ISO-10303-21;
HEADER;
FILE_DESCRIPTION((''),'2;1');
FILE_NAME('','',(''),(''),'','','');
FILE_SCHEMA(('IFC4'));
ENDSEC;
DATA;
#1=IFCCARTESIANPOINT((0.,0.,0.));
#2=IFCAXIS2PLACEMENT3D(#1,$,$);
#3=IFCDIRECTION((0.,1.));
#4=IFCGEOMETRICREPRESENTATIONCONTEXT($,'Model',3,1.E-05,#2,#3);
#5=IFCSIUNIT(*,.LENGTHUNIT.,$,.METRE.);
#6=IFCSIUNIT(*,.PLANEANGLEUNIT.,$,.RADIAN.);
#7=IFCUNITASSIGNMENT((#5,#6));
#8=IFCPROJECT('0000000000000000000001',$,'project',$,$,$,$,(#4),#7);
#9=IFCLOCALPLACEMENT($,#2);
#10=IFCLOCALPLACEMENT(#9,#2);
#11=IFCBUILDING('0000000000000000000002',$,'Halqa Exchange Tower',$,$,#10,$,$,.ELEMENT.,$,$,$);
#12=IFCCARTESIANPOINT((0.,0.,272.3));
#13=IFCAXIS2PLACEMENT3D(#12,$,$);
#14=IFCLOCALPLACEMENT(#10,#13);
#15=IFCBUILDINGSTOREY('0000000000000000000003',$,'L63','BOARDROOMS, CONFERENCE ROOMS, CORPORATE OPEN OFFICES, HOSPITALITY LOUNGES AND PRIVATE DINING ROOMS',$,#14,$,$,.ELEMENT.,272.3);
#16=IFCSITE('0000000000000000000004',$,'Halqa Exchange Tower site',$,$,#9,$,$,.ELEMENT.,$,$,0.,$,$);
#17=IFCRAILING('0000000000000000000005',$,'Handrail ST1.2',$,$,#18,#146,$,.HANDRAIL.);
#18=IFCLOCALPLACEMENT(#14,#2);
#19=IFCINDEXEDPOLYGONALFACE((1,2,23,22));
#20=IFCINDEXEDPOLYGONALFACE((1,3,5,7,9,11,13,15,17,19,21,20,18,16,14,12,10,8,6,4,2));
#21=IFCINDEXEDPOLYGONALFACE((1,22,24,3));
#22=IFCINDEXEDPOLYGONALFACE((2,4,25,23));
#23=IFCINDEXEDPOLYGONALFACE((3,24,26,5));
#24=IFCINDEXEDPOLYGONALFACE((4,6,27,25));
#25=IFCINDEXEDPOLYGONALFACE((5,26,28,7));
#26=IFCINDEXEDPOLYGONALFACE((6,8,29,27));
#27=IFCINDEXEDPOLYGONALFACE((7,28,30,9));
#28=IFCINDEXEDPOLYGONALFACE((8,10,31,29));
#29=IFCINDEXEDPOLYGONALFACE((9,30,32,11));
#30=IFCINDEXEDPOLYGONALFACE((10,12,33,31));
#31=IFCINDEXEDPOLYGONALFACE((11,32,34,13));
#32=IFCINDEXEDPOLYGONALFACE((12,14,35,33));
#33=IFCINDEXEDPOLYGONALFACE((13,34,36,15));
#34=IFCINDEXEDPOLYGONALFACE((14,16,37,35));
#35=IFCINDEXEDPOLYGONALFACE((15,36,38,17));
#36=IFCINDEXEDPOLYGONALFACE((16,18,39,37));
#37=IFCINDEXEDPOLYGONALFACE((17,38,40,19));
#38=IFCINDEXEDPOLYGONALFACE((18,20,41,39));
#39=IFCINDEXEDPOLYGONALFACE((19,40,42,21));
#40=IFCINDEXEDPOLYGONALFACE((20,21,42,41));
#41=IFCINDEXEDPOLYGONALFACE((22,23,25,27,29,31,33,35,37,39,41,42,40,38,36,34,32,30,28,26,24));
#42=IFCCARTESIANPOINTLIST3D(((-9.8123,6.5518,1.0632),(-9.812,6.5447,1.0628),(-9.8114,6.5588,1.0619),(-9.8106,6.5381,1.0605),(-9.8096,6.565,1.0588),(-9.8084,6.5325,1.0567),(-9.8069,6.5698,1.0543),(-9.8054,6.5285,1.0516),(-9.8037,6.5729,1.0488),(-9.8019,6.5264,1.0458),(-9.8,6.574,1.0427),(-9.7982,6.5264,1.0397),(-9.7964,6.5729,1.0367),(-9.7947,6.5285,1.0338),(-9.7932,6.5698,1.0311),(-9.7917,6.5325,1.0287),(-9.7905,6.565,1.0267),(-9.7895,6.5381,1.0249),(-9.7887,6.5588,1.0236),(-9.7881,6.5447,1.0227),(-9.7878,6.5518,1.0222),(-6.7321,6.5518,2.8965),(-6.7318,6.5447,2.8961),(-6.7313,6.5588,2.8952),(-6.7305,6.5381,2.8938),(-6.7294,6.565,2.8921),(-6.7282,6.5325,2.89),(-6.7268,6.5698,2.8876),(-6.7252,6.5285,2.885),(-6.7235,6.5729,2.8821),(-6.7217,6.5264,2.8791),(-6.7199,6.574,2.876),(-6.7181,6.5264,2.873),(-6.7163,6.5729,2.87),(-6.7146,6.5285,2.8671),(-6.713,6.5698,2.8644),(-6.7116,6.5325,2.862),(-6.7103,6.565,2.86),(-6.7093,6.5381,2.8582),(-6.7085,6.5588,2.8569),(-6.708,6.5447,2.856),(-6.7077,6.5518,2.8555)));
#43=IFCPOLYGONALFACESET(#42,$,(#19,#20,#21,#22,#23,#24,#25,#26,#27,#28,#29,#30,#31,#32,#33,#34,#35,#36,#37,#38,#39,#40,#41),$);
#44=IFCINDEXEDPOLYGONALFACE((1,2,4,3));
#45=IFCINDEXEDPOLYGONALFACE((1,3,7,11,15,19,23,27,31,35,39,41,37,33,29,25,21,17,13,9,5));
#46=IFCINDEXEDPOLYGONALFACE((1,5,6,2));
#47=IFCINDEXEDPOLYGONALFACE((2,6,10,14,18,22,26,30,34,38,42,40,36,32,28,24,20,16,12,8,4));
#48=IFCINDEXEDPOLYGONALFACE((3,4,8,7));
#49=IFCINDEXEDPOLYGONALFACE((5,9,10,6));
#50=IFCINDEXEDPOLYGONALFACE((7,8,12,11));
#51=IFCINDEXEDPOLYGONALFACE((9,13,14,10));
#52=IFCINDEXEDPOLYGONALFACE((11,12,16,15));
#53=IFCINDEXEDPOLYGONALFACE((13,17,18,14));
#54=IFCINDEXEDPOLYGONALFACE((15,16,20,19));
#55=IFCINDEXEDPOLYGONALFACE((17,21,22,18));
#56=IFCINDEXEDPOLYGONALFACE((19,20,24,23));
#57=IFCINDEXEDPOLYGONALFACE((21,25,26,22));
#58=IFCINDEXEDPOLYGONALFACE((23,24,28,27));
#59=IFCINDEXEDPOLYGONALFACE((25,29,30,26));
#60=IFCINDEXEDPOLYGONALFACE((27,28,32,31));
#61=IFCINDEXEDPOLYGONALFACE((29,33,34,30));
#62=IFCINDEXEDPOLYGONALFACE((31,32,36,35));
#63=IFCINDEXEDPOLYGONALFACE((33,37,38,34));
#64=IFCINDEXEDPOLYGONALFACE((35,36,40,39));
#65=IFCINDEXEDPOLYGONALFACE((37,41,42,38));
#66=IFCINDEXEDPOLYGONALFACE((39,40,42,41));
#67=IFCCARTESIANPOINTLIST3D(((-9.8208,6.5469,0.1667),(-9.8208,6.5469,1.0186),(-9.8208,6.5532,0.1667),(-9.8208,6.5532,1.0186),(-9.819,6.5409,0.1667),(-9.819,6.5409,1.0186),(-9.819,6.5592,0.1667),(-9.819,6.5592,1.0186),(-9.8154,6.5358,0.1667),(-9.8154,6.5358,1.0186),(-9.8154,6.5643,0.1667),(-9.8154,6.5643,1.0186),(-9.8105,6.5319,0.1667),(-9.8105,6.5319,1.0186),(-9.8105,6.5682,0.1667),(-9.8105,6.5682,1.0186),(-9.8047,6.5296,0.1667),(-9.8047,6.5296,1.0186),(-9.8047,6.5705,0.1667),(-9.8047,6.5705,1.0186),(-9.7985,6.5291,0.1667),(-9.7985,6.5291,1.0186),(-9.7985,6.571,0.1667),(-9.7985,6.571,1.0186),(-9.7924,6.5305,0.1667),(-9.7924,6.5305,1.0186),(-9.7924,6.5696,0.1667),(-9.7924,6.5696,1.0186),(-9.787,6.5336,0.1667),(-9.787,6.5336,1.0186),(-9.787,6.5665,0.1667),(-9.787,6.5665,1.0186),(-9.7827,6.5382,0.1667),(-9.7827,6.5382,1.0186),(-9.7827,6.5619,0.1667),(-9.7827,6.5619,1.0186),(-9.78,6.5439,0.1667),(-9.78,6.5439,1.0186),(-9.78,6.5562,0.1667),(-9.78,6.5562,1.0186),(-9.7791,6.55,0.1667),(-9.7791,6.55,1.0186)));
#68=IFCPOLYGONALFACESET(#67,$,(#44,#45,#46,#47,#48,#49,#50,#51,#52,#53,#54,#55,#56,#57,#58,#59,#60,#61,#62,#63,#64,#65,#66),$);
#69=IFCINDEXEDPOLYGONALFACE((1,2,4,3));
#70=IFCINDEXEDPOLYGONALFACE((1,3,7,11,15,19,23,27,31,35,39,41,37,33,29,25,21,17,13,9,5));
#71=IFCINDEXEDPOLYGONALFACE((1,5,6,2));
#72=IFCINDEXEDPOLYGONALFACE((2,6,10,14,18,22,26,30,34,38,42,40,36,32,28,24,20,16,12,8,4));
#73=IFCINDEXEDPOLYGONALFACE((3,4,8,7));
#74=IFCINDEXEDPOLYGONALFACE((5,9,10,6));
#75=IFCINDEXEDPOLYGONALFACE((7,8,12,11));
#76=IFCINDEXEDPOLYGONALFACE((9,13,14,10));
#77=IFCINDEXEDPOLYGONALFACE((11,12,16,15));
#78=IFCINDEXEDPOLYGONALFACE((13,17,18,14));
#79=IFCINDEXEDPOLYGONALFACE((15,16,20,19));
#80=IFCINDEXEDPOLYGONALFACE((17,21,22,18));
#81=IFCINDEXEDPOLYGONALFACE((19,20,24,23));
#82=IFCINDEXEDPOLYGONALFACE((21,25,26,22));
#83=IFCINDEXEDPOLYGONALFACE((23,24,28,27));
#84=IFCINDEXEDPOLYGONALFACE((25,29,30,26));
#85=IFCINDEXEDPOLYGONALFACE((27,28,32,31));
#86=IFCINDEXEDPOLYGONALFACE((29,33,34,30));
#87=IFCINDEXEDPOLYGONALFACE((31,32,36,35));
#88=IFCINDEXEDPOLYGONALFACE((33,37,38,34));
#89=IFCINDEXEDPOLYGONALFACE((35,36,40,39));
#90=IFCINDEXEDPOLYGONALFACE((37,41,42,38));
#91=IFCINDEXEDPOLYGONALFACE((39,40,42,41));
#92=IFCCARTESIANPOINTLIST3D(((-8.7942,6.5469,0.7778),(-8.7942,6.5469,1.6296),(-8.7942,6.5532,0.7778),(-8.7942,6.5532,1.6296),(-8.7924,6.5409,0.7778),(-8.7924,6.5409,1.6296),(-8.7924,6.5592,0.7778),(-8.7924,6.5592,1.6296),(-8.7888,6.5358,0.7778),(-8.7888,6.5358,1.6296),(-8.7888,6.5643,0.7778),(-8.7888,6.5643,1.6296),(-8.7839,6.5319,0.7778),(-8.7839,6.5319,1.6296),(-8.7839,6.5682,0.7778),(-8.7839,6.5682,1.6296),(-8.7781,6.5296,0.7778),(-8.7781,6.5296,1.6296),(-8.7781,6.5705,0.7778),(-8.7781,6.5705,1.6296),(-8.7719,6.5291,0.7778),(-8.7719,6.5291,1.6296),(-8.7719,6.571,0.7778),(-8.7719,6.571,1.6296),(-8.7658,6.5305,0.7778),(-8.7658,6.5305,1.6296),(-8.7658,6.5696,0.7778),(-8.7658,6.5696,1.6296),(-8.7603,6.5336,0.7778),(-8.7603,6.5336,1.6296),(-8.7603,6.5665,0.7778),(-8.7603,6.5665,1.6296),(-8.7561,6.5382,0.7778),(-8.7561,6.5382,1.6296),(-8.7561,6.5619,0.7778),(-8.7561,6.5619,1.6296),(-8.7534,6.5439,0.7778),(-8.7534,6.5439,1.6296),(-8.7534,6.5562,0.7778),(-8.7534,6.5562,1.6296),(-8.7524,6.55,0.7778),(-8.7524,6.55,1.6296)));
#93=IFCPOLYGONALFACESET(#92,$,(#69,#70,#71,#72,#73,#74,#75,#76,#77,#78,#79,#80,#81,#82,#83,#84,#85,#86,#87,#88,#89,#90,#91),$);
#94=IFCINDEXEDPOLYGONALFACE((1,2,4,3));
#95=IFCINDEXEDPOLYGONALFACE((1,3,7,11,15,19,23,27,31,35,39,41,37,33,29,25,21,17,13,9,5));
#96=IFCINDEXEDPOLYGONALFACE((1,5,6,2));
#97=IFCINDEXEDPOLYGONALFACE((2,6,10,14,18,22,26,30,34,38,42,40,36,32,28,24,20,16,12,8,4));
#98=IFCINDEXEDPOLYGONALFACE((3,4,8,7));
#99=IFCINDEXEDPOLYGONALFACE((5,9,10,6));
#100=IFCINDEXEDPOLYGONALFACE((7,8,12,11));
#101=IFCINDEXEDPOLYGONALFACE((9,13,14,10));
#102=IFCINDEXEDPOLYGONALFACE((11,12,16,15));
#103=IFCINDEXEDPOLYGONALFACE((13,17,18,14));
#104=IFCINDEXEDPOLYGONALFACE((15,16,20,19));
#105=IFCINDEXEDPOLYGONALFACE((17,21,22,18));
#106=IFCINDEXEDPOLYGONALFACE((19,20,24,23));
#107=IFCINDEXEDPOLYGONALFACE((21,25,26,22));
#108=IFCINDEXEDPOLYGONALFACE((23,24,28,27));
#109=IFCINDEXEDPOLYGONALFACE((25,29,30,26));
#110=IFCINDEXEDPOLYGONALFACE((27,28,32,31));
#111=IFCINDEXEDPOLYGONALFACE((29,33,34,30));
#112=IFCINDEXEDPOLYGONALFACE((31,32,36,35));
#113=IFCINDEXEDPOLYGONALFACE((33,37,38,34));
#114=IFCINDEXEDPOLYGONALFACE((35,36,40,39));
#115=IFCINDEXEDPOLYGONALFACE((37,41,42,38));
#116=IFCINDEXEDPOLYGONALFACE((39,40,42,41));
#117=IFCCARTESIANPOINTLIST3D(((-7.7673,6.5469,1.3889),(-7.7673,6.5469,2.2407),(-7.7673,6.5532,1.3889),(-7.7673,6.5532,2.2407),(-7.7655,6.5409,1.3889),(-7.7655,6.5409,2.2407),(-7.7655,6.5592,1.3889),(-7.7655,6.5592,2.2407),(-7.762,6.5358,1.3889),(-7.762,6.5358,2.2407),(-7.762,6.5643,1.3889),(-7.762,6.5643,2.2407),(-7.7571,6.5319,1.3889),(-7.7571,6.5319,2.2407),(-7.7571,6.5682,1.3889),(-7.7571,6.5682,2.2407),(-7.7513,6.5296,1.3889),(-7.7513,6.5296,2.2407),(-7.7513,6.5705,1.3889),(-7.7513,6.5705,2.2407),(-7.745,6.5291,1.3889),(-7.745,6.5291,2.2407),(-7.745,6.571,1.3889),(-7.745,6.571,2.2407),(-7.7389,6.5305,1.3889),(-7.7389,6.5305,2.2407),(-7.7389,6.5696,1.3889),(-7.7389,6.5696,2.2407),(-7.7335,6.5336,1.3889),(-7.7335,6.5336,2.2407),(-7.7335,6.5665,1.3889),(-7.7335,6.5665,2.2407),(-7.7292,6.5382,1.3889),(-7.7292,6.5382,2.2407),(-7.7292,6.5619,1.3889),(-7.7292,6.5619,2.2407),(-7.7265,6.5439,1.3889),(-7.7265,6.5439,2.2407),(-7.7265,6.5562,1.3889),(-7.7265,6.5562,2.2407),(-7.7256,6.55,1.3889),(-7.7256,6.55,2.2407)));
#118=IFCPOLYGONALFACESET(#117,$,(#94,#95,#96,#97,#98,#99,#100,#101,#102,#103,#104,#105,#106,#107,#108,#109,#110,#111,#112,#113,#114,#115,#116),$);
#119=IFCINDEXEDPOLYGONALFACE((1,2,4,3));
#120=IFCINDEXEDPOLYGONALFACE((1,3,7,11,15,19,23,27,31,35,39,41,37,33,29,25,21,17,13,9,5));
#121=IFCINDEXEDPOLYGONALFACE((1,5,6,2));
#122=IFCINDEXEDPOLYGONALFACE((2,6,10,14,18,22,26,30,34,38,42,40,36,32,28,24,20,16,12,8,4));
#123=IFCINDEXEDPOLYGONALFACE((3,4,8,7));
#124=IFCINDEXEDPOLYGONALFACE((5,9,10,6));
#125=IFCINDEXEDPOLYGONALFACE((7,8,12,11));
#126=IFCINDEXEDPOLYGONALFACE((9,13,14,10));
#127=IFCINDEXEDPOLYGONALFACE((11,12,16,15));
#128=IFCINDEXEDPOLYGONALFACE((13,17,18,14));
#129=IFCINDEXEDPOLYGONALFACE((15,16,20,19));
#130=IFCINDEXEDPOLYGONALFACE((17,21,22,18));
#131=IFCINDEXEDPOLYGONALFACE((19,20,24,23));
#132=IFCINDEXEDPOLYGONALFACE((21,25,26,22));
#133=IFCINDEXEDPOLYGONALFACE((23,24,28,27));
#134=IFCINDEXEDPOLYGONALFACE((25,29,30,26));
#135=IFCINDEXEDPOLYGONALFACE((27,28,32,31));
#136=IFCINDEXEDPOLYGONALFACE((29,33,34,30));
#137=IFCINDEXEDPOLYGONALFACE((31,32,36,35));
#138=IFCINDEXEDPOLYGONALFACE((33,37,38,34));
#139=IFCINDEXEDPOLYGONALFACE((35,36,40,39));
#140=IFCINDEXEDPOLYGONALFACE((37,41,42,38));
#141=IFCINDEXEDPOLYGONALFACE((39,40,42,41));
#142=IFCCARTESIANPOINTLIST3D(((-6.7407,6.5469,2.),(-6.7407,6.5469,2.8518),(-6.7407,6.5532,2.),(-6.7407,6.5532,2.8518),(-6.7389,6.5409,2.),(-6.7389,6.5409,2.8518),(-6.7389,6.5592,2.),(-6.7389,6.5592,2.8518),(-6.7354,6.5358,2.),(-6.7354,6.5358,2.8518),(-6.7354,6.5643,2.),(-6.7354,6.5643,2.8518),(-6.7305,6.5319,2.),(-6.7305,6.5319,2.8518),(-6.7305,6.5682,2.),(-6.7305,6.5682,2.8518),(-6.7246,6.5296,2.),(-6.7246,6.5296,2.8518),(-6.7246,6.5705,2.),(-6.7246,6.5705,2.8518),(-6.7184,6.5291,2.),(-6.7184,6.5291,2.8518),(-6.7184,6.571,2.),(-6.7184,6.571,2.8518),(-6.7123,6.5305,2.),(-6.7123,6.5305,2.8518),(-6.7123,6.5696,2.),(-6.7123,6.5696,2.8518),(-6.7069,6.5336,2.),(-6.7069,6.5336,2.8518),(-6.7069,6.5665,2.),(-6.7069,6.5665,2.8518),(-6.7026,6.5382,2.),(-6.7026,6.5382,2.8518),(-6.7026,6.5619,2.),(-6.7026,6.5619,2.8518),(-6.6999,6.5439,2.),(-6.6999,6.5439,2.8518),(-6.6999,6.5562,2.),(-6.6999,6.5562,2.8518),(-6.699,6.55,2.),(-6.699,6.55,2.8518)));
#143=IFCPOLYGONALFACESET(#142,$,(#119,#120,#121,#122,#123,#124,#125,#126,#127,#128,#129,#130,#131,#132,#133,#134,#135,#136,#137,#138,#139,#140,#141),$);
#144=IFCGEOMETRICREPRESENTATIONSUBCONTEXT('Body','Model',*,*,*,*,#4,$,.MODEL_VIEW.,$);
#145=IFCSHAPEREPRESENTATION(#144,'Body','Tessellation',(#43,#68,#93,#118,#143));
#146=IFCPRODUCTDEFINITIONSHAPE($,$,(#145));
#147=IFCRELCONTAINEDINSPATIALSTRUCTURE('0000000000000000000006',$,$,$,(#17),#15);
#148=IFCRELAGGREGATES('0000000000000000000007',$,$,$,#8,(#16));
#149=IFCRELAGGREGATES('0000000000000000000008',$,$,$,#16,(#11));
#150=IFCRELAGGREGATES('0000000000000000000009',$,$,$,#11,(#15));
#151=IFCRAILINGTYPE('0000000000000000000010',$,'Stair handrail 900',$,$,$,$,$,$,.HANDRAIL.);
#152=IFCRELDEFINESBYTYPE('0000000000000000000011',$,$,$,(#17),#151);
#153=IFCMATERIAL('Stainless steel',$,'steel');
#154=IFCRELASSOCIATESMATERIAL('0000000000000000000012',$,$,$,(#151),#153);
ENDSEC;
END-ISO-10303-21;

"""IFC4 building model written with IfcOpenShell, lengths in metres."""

from ifc_helpers import new_model, si_unit, direction, frame, origin, origin_2d, place, context, subcontext, project, spatial, circle, extrude, material, type_object, element, save


model = new_model("IFC4")

# Units and contexts
model_context = context("Model", 3, precision=1e-05, world=origin(), true_north=direction((0.0, 1.0)))
body_context = subcontext(model_context, "Body", "Model", "MODEL_VIEW")
ifc_project = project(units=[si_unit("LENGTHUNIT", "METRE"), si_unit("PLANEANGLEUNIT", "RADIAN")], contexts=[model_context])

# Site, building, storey
site_placement = place(None, origin())
site = spatial("IfcSite", under=ifc_project, at=site_placement, Name="Halqa Exchange Tower site", CompositionType="ELEMENT", RefElevation=0.0)
building_placement = place(site_placement, origin())
building = spatial("IfcBuilding", under=site, at=building_placement, Name="Halqa Exchange Tower", CompositionType="ELEMENT")
storey_placement = place(building_placement, frame((0.0, 0.0, 272.3)))
storey = spatial("IfcBuildingStorey", under=building, at=storey_placement, Name="L63", Description="BOARDROOMS, CONFERENCE ROOMS, CORPORATE OPEN OFFICES, HOSPITALITY LOUNGES AND PRIVATE DINING ROOMS", CompositionType="ELEMENT", Elevation=272.3)

# Shared definitions
ifc_material_1 = material(Name="Stainless steel", Category="steel")

# Railing
railing_type_1 = type_object("IfcRailingType", Name="Stair handrail 900", PredefinedType="HANDRAIL", material=ifc_material_1)
railing_1_placement = place(storey_placement, frame((-9.8, 6.55, 0.1667)))
element("IfcRailing", 1, at=railing_1_placement, inside=storey, type_object=railing_type_1, Name="Handrail ST1.2", PredefinedType="HANDRAIL", context=body_context, shape_type="SweptSolid", body=[
    extrude(circle(Radius=0.0239, at=origin_2d()), frame((0.0, 0.0, 0.876), z_axis=(0.859309, 0.0, 0.511458), x_axis=(0.0, 1.0, 0.0)), (0.0, 0.0, 1.0), 3.5845),
    extrude(circle(Radius=0.021, at=origin_2d()), origin(), (0.0, 0.0, 1.0), 0.8518),
    extrude(circle(Radius=0.021, at=origin_2d()), frame((1.0266, 0.0, 0.6111)), (0.0, 0.0, 1.0), 0.8518),
    extrude(circle(Radius=0.021, at=origin_2d()), frame((2.0535, 0.0, 1.2222)), (0.0, 0.0, 1.0), 0.8518),
    extrude(circle(Radius=0.021, at=origin_2d()), frame((3.0801, 0.0, 1.8333)), (0.0, 0.0, 1.0), 0.8518),
])

save(model, "model.ifc")
